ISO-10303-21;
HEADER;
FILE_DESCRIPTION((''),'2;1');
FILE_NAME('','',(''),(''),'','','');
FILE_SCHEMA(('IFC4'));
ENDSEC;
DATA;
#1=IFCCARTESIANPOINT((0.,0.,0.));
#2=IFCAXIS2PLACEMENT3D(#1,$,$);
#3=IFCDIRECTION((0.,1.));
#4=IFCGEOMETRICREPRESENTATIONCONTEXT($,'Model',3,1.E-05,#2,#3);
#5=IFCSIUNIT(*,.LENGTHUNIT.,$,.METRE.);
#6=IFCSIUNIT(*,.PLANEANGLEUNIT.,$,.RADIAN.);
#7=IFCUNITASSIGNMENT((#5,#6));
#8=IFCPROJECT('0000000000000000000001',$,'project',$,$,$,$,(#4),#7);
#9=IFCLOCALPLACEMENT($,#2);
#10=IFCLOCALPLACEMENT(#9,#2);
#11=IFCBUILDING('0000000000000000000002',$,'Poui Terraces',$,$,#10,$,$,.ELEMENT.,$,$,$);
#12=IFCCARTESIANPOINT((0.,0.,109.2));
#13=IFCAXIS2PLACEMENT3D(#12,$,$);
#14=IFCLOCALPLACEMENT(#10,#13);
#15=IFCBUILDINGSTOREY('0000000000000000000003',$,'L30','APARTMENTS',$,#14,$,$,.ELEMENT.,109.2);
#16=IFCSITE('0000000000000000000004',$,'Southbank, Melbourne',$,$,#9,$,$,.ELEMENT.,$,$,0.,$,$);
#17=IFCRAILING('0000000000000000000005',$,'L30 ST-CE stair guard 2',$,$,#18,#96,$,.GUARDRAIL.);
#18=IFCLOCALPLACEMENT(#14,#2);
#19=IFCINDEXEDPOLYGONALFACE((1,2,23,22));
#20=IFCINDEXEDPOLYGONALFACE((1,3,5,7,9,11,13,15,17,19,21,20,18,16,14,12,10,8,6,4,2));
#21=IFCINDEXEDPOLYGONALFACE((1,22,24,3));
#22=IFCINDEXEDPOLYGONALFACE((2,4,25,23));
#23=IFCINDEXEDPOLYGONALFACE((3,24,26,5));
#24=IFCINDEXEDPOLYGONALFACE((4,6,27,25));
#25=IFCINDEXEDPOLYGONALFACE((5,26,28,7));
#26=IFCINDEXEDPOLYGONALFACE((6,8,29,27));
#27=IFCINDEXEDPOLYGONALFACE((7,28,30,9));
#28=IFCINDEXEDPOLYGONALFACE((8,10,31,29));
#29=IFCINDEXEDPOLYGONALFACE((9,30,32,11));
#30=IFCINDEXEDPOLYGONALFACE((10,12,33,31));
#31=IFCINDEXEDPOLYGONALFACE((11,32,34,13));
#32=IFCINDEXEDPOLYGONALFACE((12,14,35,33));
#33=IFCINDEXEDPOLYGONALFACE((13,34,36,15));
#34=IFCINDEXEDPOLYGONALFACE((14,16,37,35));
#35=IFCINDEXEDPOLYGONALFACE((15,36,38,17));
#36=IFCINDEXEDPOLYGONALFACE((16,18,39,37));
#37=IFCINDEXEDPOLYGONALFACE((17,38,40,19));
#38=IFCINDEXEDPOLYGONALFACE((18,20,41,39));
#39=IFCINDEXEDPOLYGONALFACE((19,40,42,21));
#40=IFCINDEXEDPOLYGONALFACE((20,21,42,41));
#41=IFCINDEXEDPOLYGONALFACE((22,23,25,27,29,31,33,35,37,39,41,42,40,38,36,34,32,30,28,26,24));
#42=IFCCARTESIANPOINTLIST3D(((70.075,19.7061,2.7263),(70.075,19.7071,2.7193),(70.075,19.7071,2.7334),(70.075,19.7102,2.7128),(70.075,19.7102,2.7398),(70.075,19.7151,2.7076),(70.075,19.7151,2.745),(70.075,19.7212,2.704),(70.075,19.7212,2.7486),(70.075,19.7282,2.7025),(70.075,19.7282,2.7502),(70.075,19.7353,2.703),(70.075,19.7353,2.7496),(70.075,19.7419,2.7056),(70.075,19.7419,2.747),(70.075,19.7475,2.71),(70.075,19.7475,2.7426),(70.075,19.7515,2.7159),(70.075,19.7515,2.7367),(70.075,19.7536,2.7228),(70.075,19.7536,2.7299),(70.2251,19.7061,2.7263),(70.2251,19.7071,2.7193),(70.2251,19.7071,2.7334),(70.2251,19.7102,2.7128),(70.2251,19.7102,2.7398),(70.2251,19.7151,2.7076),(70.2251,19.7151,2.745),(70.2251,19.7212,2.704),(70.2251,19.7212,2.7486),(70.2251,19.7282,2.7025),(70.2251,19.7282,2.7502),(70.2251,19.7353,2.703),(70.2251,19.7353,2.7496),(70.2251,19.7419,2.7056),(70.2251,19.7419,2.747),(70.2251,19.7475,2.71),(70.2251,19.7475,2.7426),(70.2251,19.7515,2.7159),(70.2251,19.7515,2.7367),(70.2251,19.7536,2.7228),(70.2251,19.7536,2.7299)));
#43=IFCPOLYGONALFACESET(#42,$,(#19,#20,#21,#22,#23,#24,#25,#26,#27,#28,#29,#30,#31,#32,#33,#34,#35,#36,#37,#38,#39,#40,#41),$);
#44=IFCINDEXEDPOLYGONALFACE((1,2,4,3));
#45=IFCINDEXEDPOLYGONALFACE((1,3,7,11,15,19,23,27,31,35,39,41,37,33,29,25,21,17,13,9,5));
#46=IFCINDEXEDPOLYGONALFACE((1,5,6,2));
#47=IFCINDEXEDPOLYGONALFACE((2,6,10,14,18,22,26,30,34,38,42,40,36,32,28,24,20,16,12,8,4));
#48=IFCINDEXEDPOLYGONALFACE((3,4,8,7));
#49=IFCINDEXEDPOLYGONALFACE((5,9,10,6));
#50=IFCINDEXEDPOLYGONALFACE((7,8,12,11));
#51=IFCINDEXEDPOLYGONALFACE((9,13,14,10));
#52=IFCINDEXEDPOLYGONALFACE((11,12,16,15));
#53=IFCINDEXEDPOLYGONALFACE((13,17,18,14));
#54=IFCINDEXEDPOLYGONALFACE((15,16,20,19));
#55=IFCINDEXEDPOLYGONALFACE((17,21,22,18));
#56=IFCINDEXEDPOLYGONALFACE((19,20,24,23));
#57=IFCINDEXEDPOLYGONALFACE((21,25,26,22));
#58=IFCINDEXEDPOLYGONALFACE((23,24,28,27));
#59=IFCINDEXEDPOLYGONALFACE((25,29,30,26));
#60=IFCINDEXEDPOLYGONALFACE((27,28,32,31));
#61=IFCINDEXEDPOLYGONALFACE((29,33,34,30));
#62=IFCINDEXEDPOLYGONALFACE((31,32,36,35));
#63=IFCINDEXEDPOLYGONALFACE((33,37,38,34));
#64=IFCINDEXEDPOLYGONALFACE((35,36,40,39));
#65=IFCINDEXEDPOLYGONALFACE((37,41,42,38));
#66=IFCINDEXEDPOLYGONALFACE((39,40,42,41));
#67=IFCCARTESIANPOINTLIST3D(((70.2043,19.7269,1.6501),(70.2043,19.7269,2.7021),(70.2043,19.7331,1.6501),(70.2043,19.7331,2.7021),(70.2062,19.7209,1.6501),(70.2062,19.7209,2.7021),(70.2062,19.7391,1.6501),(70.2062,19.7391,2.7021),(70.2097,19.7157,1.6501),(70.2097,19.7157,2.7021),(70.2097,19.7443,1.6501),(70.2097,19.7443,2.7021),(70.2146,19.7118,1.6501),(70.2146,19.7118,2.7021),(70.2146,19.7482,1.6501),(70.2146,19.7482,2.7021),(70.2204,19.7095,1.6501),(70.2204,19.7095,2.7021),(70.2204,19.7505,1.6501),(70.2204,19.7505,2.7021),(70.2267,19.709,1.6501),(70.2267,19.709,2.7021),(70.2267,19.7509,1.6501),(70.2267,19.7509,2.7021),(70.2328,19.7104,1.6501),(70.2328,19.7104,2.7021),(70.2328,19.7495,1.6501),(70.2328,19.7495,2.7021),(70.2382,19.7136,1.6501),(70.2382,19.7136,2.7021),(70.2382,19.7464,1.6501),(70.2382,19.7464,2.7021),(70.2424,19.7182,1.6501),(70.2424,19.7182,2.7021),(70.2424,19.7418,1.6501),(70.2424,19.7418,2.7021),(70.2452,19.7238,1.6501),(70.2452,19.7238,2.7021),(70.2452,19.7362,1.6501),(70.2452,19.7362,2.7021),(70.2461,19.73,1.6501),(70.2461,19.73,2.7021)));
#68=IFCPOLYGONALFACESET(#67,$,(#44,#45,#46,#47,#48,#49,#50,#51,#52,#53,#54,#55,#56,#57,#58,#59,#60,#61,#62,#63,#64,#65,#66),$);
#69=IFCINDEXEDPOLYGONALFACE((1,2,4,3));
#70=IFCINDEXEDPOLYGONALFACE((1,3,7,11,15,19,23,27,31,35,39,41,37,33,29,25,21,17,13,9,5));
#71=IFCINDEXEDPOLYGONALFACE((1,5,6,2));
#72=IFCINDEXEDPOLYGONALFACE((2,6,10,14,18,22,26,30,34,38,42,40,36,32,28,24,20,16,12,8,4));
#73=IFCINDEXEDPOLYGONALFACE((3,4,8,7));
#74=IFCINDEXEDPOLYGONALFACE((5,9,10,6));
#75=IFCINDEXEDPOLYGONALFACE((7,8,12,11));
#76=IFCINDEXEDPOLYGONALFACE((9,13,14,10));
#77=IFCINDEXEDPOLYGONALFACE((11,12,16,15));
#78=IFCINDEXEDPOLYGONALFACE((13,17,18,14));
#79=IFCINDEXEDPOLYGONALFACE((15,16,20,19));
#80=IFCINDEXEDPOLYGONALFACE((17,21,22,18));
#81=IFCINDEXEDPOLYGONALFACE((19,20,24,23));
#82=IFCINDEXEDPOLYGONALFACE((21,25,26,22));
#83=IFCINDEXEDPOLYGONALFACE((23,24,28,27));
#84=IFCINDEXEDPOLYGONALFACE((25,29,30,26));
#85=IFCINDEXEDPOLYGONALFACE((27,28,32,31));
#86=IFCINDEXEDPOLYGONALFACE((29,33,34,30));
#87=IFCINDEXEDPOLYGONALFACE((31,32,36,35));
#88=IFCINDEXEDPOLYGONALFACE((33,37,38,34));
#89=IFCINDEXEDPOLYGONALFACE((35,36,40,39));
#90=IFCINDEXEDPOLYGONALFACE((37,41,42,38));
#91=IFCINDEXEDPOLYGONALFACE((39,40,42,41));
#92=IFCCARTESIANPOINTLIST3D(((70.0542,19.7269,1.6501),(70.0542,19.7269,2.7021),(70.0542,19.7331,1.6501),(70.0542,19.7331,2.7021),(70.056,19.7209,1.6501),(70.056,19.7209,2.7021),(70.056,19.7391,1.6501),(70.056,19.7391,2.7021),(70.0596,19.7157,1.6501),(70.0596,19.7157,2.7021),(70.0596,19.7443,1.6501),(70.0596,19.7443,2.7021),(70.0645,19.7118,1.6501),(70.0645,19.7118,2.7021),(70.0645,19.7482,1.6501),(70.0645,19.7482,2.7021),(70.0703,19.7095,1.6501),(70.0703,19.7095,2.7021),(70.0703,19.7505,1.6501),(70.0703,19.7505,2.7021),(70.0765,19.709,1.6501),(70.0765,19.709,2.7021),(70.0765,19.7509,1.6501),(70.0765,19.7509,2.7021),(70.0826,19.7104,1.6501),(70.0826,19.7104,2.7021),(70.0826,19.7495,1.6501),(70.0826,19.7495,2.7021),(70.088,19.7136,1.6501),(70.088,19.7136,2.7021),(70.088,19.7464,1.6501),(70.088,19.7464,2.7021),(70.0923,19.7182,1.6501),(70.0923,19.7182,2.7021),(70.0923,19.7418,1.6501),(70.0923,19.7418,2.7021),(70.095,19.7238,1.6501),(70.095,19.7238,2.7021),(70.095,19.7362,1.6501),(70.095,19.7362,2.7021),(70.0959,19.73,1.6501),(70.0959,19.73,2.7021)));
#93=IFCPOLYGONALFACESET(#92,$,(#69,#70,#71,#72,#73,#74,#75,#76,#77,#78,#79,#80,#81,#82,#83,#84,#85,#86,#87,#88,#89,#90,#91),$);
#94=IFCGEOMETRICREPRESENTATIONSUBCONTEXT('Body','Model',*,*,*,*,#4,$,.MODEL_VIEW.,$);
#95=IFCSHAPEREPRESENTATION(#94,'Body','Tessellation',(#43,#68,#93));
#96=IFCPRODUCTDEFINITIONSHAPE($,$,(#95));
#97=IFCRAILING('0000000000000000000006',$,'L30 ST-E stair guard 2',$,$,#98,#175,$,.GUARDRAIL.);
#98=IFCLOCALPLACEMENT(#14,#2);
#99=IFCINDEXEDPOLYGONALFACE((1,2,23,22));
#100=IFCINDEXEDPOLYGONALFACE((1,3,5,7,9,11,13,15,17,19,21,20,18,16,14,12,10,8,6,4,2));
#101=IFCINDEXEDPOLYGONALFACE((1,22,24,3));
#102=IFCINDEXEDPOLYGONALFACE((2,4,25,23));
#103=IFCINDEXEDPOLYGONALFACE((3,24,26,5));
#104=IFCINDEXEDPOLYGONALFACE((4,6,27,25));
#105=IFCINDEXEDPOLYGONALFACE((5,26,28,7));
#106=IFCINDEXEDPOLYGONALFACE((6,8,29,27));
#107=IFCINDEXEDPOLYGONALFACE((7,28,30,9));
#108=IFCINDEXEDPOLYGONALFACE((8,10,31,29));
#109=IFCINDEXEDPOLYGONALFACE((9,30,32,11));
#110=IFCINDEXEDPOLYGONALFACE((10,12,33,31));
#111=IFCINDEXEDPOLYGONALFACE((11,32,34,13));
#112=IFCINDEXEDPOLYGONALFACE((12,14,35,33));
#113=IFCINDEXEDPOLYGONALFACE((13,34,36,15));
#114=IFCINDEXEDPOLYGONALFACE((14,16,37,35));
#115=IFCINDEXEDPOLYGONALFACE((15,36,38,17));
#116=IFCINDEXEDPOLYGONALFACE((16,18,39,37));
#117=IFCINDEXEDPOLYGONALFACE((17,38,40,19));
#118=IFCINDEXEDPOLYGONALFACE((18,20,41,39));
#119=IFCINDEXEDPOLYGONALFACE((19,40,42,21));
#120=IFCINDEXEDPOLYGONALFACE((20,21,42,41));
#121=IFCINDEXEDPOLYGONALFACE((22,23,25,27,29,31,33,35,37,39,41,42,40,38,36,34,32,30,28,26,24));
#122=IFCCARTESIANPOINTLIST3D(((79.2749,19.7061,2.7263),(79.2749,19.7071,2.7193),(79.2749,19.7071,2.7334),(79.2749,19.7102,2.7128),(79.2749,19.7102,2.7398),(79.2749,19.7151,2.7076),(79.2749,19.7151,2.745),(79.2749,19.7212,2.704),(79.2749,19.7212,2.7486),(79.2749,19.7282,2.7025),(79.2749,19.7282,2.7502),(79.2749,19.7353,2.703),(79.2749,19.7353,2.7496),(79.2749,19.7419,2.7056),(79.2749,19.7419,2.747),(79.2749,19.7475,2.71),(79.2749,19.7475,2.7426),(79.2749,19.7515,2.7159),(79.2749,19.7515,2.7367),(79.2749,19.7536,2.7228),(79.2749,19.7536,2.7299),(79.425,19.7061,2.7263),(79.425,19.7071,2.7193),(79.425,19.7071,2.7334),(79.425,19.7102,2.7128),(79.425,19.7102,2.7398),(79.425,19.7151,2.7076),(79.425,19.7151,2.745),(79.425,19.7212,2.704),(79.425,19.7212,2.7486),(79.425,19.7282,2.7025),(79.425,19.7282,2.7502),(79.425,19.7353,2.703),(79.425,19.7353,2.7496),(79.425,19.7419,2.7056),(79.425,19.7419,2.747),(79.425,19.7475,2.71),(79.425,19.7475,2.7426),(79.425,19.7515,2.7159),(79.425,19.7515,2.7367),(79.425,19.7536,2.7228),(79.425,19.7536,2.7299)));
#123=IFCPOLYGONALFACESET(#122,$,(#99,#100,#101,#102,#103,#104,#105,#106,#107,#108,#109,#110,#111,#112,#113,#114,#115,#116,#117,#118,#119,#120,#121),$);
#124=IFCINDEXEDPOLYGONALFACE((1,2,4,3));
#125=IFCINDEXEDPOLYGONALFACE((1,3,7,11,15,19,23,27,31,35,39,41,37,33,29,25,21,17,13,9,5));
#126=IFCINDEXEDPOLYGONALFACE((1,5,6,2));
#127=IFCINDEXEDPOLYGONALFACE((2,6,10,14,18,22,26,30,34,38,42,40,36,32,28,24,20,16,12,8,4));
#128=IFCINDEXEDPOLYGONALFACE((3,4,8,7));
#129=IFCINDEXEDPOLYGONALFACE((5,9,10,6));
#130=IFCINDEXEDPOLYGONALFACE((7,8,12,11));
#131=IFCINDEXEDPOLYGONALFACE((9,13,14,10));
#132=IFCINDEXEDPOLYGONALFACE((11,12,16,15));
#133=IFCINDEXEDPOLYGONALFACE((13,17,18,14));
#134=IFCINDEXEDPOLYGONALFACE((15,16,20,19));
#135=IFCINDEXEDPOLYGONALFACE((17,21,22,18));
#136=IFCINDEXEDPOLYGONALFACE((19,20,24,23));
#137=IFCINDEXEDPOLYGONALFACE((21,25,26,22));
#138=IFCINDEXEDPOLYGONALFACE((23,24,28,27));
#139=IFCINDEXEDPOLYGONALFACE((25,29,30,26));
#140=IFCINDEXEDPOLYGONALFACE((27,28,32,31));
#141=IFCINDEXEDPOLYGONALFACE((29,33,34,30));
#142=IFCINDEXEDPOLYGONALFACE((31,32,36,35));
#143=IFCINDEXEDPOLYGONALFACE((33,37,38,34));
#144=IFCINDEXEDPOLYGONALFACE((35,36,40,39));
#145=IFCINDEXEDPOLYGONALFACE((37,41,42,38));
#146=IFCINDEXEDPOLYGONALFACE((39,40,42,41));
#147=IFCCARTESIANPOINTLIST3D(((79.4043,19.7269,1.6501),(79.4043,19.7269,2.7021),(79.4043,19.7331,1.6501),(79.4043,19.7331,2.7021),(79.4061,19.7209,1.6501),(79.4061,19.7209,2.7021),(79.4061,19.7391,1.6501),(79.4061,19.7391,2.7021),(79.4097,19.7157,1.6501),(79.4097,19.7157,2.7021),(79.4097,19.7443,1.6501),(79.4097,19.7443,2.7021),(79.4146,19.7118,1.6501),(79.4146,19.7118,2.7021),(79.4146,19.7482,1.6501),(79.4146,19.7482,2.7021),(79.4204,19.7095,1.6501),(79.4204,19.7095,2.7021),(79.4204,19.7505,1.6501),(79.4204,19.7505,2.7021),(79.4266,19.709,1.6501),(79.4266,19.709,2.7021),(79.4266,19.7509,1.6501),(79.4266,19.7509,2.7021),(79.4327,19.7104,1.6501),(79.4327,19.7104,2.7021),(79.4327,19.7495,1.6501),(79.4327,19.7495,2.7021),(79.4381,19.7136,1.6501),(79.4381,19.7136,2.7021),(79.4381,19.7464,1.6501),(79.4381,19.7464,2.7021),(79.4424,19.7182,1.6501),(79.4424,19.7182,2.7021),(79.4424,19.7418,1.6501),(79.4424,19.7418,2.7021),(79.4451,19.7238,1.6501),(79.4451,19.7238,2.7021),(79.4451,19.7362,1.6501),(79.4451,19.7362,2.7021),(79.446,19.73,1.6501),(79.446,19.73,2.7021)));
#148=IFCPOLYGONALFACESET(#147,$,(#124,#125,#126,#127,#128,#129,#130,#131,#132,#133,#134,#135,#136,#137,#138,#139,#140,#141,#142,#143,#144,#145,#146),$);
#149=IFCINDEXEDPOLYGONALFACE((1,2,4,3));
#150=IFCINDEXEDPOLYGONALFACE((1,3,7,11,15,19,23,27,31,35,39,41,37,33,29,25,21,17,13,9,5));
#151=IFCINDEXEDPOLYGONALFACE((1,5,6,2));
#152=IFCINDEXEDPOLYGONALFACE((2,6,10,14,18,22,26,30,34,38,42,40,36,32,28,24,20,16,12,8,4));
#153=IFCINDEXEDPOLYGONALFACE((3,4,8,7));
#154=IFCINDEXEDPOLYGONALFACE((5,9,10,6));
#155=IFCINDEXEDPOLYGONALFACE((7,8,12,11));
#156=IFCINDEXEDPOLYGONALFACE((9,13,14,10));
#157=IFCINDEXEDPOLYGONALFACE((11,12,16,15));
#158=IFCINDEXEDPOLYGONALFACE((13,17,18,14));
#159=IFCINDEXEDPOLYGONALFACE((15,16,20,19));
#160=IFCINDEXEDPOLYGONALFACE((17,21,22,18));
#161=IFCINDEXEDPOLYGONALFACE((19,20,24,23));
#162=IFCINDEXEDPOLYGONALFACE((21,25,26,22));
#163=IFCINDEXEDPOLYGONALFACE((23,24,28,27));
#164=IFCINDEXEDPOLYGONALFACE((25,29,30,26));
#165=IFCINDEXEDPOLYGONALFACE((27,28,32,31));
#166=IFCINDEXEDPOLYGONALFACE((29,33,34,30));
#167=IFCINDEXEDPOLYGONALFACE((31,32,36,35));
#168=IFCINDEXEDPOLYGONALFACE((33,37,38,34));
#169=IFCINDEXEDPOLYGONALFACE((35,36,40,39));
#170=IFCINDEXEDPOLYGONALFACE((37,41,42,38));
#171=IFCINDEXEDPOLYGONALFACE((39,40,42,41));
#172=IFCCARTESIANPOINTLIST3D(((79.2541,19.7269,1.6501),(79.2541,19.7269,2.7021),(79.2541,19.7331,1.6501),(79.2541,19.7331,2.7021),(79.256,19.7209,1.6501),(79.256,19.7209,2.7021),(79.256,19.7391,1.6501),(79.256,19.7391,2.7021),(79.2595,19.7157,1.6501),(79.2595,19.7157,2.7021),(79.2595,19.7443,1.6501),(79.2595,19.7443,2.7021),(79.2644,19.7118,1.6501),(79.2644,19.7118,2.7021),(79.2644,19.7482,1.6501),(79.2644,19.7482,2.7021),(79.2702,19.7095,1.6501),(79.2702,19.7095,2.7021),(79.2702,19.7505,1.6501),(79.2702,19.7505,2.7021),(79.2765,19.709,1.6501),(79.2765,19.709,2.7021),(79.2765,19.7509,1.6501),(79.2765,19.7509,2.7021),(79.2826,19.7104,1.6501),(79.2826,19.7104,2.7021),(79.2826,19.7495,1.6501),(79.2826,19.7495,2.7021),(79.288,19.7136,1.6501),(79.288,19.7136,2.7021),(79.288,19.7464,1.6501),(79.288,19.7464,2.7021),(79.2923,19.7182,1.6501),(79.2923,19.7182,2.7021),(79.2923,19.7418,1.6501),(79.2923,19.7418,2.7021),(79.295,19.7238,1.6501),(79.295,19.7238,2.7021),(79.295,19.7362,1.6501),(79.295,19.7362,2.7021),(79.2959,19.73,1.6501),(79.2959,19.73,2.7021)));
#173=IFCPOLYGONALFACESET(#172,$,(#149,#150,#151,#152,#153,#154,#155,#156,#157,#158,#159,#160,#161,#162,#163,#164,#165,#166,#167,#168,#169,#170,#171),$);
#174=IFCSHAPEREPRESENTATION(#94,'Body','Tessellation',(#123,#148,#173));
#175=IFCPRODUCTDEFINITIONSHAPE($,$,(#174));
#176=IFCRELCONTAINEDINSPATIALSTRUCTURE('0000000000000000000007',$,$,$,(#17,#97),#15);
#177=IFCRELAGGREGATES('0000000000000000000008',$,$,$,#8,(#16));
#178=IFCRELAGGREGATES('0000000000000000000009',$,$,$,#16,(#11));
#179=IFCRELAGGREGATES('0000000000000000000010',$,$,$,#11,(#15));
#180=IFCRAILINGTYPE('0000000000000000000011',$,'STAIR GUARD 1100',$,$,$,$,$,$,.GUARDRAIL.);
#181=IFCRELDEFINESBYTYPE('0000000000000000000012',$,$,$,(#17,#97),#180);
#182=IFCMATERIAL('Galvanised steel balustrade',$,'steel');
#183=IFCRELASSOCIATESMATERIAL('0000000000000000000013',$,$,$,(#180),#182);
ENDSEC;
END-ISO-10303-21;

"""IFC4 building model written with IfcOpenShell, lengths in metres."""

from ifc_helpers import new_model, si_unit, direction, frame, origin, origin_2d, place, context, subcontext, project, spatial, circle, extrude, material, type_object, element, save


model = new_model("IFC4")

# Units and contexts
model_context = context("Model", 3, precision=1e-05, world=origin(), true_north=direction((0.0, 1.0)))
body_context = subcontext(model_context, "Body", "Model", "MODEL_VIEW")
ifc_project = project(units=[si_unit("LENGTHUNIT", "METRE"), si_unit("PLANEANGLEUNIT", "RADIAN")], contexts=[model_context])

# Site, building, storey
site_placement = place(None, origin())
site = spatial("IfcSite", under=ifc_project, at=site_placement, Name="Southbank, Melbourne", CompositionType="ELEMENT", RefElevation=0.0)
building_placement = place(site_placement, origin())
building = spatial("IfcBuilding", under=site, at=building_placement, Name="Poui Terraces", CompositionType="ELEMENT")
storey_placement = place(building_placement, frame((0.0, 0.0, 109.2)))
storey = spatial("IfcBuildingStorey", under=building, at=storey_placement, Name="L30", Description="APARTMENTS", CompositionType="ELEMENT", Elevation=109.2)

# Railings
ifc_material_1 = material(Name="Galvanised steel balustrade", Category="steel")
railing_type = type_object("IfcRailingType", Name="STAIR GUARD 1100", PredefinedType="GUARDRAIL", material=ifc_material_1)
for number, where, name in (
    (1, (70.2251, 19.73, 1.6501), "L30 ST-CE stair guard 2"),
    (2, (79.425, 19.73, 1.6501), "L30 ST-E stair guard 2"),
):
    element("IfcRailing", number, at=place(storey_placement, frame(where)), inside=storey, type_object=railing_type, Name=name, PredefinedType="GUARDRAIL", context=body_context, shape_type="SweptSolid", body=[
        extrude(circle(Radius=0.0239, at=origin_2d()), frame((0.0, 0.0, 1.0762), z_axis=(-1.0, 0.0, 0.0), x_axis=(0.0, -1.0, 0.0)), (0.0, 0.0, 1.0), 0.1501),
        extrude(circle(Radius=0.021, at=origin_2d()), origin(), (0.0, 0.0, 1.0), 1.052),
        extrude(circle(Radius=0.021, at=origin_2d()), frame((-0.1501, 0.0, 0.0)), (0.0, 0.0, 1.0), 1.052),
    ])

save(model, "model.ifc")
